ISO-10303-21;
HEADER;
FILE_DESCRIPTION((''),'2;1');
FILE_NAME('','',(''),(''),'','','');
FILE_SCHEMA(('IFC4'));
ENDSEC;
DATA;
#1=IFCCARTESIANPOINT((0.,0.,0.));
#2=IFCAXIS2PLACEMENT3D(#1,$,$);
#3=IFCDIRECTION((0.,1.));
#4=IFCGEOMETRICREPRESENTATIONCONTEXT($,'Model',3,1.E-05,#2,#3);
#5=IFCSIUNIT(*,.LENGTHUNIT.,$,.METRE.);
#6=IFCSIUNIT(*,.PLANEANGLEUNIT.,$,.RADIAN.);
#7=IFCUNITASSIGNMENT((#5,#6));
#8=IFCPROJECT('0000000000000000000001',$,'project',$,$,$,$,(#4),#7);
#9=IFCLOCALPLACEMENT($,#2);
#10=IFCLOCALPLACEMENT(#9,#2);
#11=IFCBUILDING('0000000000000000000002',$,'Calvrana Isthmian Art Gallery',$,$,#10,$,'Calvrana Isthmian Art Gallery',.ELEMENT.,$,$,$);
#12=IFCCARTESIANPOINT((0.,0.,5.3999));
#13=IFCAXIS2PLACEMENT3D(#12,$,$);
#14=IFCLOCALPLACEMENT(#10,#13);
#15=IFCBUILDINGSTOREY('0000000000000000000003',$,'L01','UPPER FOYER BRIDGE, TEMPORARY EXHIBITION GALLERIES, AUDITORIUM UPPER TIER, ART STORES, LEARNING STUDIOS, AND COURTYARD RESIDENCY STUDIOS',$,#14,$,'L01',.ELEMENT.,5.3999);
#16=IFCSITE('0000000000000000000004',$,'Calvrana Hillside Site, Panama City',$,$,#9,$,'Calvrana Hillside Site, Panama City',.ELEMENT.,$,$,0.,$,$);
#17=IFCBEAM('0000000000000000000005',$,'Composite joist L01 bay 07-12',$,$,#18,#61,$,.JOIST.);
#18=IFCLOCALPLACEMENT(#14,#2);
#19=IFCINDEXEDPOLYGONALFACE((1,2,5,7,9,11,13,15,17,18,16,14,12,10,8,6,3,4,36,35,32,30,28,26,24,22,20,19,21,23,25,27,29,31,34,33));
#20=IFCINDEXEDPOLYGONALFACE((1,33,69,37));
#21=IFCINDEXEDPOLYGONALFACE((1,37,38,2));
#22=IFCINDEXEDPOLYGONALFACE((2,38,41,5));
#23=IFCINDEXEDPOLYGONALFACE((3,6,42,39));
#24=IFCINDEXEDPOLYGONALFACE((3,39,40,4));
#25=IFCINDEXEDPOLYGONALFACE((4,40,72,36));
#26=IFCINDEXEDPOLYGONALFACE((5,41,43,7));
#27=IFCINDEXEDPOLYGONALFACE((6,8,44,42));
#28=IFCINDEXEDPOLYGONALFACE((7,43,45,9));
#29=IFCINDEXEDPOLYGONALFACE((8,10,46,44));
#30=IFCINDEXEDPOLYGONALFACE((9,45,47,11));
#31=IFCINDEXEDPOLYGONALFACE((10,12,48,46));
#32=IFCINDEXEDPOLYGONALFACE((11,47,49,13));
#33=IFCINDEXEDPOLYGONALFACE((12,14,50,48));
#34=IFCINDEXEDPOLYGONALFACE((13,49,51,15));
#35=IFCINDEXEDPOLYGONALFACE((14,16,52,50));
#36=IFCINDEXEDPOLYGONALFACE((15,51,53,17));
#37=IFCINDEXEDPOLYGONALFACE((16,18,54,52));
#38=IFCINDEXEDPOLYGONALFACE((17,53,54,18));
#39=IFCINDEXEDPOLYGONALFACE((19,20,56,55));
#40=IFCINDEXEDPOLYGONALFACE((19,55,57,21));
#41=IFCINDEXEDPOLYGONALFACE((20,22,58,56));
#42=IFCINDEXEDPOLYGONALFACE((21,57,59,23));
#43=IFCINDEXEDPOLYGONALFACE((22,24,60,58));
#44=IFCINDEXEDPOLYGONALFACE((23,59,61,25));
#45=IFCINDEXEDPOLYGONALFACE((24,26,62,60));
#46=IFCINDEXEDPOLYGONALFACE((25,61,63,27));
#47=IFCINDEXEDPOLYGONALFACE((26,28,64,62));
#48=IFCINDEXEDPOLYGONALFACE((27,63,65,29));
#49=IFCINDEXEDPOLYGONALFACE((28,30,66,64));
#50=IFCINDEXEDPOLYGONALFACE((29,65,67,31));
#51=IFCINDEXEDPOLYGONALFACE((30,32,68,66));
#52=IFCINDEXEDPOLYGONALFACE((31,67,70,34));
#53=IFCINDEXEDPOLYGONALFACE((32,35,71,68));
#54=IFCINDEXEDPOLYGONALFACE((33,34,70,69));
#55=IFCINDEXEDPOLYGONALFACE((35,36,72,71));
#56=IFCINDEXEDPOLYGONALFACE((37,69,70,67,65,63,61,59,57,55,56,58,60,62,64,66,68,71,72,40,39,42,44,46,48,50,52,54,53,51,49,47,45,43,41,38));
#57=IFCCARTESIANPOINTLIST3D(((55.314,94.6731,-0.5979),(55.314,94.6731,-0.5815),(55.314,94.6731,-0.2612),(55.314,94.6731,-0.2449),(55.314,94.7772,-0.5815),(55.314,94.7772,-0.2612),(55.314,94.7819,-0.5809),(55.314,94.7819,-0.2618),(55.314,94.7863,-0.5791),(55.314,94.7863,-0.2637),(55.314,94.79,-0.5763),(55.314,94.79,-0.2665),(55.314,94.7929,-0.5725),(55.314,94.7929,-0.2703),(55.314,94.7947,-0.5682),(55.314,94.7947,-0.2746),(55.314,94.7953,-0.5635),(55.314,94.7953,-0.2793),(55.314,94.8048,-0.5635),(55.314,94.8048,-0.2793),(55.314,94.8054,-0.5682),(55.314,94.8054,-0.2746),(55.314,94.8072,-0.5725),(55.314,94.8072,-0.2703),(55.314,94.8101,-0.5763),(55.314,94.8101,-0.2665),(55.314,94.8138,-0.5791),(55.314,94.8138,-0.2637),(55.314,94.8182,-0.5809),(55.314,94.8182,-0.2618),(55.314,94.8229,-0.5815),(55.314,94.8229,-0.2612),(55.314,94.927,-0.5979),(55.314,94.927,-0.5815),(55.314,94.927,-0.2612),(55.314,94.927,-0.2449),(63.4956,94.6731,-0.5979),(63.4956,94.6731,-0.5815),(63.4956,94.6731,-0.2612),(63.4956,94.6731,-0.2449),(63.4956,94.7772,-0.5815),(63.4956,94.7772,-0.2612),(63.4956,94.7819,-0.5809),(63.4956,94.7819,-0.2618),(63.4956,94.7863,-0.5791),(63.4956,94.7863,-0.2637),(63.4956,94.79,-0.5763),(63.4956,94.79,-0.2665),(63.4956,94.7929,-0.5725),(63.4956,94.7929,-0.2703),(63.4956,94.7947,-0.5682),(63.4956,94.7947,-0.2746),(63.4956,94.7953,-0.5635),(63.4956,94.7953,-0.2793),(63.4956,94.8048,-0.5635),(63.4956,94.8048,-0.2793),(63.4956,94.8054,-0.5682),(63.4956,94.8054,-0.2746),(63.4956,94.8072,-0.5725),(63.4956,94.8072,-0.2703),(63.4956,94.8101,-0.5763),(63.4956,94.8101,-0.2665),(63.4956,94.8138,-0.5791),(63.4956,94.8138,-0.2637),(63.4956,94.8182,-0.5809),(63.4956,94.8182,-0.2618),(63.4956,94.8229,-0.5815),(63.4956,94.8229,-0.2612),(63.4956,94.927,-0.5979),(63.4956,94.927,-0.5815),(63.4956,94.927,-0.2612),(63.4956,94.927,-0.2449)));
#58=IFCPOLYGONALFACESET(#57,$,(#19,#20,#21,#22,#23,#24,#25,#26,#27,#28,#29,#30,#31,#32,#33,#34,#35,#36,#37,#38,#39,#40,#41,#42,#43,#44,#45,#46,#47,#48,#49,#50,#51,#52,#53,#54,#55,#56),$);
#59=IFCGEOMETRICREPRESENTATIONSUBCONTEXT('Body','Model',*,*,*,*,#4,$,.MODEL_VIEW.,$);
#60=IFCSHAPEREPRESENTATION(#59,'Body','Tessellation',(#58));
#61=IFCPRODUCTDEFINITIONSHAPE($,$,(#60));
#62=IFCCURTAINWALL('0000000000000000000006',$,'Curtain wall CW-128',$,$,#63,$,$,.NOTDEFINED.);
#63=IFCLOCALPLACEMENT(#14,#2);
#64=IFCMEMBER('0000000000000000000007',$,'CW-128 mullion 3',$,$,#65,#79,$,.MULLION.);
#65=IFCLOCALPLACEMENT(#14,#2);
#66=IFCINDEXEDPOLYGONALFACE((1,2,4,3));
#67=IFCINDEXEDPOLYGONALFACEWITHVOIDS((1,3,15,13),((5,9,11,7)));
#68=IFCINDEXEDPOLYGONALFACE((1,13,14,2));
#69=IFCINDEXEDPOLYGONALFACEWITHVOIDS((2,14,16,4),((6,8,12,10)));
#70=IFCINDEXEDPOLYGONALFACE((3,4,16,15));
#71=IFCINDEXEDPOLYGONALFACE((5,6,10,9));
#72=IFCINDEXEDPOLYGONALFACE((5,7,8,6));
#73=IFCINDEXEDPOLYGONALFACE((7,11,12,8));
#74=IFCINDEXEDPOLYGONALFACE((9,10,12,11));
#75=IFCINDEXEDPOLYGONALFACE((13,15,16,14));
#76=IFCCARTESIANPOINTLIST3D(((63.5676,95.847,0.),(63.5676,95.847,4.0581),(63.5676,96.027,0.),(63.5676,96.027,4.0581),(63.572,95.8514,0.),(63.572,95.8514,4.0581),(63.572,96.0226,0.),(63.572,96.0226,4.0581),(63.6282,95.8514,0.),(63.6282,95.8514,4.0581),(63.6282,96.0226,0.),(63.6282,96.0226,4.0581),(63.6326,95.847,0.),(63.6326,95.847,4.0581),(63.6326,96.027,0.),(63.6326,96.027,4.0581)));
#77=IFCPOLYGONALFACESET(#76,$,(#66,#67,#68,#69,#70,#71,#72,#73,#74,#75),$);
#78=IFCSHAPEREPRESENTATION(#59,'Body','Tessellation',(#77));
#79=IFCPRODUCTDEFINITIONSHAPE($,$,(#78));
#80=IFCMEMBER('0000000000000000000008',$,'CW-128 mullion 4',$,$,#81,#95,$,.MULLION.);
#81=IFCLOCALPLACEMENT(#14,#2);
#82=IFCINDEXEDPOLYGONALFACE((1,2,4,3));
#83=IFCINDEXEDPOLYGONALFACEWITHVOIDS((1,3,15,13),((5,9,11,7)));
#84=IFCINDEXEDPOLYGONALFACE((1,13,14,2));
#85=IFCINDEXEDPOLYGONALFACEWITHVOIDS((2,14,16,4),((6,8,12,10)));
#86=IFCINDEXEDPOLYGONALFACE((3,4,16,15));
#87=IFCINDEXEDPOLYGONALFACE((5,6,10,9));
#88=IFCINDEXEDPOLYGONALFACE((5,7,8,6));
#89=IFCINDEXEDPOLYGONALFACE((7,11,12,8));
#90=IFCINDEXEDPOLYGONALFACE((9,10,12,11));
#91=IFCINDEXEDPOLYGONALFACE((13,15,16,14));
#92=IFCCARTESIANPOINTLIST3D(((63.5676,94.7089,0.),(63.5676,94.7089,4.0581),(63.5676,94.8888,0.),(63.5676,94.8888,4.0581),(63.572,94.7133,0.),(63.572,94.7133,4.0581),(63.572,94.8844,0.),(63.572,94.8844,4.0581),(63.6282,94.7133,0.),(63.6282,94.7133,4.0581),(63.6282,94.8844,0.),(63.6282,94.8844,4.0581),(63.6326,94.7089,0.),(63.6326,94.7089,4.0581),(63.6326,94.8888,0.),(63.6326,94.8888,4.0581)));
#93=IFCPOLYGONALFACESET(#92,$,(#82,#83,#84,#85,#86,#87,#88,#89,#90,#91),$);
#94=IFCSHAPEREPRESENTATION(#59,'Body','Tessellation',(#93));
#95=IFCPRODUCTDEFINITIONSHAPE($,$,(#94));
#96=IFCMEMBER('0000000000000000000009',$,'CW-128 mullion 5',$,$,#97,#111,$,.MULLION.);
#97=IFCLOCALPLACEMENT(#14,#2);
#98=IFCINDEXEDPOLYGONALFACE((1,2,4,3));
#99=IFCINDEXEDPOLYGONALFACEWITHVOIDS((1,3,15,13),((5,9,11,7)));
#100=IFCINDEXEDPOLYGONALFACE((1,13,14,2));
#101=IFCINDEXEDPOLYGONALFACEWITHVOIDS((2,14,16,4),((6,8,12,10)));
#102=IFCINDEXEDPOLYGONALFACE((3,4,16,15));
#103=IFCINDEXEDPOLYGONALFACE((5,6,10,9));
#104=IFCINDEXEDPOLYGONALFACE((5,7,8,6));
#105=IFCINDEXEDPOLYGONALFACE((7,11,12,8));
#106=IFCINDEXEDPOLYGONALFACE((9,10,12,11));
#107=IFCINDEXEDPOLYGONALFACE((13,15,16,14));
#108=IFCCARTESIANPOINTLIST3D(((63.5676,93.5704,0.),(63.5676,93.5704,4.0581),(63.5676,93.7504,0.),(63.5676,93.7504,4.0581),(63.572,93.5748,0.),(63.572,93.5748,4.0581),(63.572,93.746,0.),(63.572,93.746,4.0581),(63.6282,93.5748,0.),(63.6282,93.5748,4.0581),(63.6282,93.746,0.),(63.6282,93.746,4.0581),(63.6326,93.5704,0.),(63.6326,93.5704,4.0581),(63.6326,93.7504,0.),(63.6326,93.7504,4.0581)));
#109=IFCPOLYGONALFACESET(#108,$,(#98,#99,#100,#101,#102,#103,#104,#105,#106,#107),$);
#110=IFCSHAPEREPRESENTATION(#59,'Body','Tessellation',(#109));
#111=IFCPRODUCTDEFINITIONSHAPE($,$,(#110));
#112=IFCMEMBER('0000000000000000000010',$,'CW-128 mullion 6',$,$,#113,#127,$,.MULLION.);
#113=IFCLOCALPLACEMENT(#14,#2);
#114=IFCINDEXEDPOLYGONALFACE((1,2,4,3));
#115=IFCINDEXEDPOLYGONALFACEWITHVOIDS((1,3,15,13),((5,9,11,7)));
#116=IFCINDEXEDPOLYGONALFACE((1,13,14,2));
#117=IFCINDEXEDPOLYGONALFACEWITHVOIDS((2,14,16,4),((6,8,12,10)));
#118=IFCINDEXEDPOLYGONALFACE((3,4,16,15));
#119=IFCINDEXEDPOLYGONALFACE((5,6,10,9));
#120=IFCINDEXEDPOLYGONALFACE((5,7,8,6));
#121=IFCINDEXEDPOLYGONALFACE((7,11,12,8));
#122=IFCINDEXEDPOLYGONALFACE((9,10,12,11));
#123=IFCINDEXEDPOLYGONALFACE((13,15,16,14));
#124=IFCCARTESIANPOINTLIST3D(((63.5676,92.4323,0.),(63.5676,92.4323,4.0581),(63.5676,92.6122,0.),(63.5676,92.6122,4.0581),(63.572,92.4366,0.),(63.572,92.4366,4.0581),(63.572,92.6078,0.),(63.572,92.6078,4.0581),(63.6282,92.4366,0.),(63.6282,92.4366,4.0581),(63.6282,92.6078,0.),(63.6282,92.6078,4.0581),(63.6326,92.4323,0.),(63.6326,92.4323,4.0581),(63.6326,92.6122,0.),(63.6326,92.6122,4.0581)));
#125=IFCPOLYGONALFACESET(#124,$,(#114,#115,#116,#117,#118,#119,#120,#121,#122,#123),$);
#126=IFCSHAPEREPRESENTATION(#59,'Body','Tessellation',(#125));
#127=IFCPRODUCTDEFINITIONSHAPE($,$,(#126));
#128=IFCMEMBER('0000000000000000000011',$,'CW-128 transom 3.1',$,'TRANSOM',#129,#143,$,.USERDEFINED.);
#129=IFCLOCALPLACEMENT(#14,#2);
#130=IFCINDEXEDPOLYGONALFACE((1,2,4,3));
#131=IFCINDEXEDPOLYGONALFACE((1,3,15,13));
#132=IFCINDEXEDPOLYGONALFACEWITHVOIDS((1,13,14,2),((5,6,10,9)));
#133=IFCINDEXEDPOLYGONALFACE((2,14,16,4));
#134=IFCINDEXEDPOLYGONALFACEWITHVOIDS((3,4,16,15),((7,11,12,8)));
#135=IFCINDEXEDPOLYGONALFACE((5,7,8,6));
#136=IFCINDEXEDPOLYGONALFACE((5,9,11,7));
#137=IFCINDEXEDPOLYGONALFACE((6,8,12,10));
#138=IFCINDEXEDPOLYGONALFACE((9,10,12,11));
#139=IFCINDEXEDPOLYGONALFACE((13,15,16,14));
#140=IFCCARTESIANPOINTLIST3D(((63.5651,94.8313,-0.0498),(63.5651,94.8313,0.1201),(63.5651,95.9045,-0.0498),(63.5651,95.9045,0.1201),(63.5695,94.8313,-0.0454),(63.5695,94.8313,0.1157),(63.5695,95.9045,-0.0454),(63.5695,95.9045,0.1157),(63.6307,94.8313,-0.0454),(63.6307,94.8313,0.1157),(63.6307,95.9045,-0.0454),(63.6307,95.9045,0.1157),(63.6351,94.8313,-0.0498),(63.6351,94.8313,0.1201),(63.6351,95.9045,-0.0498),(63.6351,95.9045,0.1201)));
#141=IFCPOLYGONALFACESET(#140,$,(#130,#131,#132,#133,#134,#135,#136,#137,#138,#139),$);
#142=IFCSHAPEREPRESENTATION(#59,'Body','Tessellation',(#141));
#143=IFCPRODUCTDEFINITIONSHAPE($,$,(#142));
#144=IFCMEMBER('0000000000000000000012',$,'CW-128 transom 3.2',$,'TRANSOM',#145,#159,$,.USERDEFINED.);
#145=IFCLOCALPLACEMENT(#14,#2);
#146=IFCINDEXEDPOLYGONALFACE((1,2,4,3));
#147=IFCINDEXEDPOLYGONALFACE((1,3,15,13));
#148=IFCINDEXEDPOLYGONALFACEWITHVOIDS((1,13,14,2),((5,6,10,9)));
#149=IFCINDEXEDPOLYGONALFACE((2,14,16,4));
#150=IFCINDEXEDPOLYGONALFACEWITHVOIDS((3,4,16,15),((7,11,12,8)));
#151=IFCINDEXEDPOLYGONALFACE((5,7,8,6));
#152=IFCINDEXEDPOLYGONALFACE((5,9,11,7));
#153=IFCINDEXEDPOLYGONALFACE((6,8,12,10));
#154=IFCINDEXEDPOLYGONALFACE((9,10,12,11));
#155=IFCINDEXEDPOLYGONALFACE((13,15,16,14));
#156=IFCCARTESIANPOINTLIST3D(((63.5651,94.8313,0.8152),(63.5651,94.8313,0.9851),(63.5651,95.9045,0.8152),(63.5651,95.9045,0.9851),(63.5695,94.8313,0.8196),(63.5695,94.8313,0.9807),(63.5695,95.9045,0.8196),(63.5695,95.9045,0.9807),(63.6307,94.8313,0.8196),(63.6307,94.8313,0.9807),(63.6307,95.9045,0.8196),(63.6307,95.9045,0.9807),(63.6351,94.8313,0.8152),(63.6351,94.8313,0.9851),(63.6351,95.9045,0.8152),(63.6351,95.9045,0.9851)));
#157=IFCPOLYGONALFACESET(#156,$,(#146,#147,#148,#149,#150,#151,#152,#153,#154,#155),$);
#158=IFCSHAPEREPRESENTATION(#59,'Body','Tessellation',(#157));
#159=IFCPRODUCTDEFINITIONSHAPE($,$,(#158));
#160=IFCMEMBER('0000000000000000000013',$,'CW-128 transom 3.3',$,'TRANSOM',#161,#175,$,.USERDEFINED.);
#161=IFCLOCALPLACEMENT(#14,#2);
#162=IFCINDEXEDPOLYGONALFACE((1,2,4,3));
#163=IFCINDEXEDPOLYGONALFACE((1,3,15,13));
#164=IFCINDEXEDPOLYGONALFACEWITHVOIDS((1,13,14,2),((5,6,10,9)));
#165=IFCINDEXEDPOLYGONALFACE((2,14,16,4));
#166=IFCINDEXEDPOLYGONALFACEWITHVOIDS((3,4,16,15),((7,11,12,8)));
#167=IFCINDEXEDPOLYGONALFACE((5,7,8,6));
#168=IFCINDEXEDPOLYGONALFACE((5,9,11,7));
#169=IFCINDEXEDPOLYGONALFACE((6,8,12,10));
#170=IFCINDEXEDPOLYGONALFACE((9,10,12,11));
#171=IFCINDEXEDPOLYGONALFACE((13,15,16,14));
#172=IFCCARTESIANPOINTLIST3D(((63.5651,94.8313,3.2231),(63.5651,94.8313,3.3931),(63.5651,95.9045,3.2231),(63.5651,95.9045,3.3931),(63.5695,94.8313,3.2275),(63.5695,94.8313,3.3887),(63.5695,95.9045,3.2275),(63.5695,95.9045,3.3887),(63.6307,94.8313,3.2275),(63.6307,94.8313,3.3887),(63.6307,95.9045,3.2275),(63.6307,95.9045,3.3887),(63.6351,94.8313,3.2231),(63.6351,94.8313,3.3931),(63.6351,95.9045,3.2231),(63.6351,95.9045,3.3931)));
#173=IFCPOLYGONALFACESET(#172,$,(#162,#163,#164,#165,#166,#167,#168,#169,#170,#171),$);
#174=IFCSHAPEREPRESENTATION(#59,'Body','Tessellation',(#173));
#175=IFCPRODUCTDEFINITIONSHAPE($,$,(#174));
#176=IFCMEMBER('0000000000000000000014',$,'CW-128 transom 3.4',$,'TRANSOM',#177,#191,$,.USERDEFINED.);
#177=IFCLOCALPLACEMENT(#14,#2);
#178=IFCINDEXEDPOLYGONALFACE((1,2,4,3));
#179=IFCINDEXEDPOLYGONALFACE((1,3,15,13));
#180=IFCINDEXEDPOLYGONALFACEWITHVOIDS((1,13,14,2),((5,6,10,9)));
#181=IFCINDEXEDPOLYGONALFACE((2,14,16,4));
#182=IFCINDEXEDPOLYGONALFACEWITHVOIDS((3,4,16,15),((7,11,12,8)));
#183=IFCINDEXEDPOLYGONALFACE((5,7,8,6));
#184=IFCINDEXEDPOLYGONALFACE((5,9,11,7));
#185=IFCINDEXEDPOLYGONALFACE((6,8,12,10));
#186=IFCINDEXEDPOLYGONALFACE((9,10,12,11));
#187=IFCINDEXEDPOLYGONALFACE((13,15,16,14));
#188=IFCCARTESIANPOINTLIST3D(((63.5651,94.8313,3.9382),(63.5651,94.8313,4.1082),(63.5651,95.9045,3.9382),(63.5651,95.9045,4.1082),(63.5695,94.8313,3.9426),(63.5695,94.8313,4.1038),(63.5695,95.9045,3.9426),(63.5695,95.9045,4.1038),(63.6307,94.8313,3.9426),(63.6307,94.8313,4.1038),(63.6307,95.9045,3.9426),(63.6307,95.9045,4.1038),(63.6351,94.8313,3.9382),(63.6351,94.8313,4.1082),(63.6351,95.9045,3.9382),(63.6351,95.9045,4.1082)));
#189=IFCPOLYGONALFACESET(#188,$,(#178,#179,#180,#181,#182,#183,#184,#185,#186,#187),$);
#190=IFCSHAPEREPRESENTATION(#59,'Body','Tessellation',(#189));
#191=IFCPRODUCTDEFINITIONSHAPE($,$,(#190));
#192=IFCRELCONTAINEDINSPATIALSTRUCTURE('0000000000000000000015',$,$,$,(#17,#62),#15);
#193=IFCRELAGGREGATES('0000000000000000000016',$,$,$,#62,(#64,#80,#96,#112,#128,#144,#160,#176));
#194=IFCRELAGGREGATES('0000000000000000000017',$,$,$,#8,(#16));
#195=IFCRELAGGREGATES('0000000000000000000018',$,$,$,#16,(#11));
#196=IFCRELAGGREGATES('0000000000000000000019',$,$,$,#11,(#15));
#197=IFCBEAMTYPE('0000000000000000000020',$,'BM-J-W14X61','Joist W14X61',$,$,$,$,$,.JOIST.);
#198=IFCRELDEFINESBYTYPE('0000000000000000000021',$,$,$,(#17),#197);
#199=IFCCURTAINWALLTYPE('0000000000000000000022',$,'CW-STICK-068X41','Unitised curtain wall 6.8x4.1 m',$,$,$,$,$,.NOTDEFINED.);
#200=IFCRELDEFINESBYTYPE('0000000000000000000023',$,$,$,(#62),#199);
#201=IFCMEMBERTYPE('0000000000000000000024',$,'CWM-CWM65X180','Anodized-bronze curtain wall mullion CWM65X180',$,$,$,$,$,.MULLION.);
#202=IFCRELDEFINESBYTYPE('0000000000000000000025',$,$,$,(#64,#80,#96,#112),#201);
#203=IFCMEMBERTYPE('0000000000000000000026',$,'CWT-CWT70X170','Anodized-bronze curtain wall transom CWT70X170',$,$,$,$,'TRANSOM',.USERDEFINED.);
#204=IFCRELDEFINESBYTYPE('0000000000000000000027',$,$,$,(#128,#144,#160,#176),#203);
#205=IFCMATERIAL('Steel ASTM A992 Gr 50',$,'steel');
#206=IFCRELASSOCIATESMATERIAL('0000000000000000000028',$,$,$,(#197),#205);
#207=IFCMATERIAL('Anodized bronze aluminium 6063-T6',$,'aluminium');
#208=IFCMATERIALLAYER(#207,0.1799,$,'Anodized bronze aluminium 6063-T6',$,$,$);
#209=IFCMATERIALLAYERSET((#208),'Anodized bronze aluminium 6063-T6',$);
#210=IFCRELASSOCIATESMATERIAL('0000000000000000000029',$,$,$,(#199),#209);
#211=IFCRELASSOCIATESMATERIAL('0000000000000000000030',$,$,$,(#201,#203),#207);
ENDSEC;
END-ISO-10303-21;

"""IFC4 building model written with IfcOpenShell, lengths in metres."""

from ifc_helpers import new_model, si_unit, direction, frame, origin, origin_2d, place, context, subcontext, project, spatial, hollow_rectangle, i_section, extrude, material, layer, layer_set, material_profile, profile_set, type_object, element, aggregate, save


model = new_model("IFC4")

# Units and contexts
model_context = context("Model", 3, precision=1e-05, world=origin(), true_north=direction((0.0, 1.0)))
body_context = subcontext(model_context, "Body", "Model", "MODEL_VIEW")
ifc_project = project(units=[si_unit("LENGTHUNIT", "METRE"), si_unit("PLANEANGLEUNIT", "RADIAN")], contexts=[model_context])

# Site, building, storey
site_placement = place(None, origin())
site = spatial("IfcSite", under=ifc_project, at=site_placement, Name="Calvrana Hillside Site, Panama City", LongName="Calvrana Hillside Site, Panama City", CompositionType="ELEMENT", RefElevation=0.0)
building_placement = place(site_placement, origin())
building = spatial("IfcBuilding", under=site, at=building_placement, Name="Calvrana Isthmian Art Gallery", LongName="Calvrana Isthmian Art Gallery", CompositionType="ELEMENT")
storey_placement = place(building_placement, frame((0.0, 0.0, 5.3999)))
storey = spatial("IfcBuildingStorey", under=building, at=storey_placement, Name="L01", Description="UPPER FOYER BRIDGE, TEMPORARY EXHIBITION GALLERIES, AUDITORIUM UPPER TIER, ART STORES, LEARNING STUDIOS, AND COURTYARD RESIDENCY STUDIOS", LongName="L01", CompositionType="ELEMENT", Elevation=5.3999)

# Beam
ifc_material_1 = material(Name="Steel ASTM A992 Gr 50", Category="steel")
ifc_material_profile_1 = material_profile(ifc_material_1, i_section(OverallWidth=0.2539, OverallDepth=0.353, WebThickness=0.0095, FlangeThickness=0.0164, FilletRadius=0.0181, at=origin_2d()), Name="W14X61")
ifc_profile_set_1 = profile_set([ifc_material_profile_1], Name="Steel ASTM A992 Gr 50")
beam_type = type_object("IfcBeamType", Name="BM-J-W14X61", Description="Joist W14X61", PredefinedType="JOIST", material=ifc_profile_set_1)
beam_placement = place(storey_placement, frame((55.314, 94.8, -0.4214), z_axis=(1.0, 0.0, 0.0), x_axis=(0.0, 1.0, 0.0)))
element("IfcBeam", 1, at=beam_placement, inside=storey, type_object=beam_type, Name="Composite joist L01 bay 07-12", PredefinedType="JOIST", context=body_context, shape_type="SweptSolid", body=[
    extrude(i_section(OverallWidth=0.2539, OverallDepth=0.353, WebThickness=0.0095, FlangeThickness=0.0164, FilletRadius=0.0181, at=origin_2d()), origin(), (0.0, 0.0, 1.0), 8.1816),
])

# Curtain wall, members
ifc_material_2 = material(Name="Anodized bronze aluminium 6063-T6", Category="aluminium")
ifc_layer_1 = layer(ifc_material_2, 0.1799, Name="Anodized bronze aluminium 6063-T6")
ifc_layer_set_1 = layer_set([ifc_layer_1], Name="Anodized bronze aluminium 6063-T6")
curtain_wall_type = type_object("IfcCurtainWallType", Name="CW-STICK-068X41", Description="Unitised curtain wall 6.8x4.1 m", PredefinedType="NOTDEFINED", material=ifc_layer_set_1)
curtain_wall_placement = place(storey_placement, origin())
curtain_wall = element("IfcCurtainWall", 2, at=curtain_wall_placement, inside=storey, type_object=curtain_wall_type, Name="Curtain wall CW-128", PredefinedType="NOTDEFINED")
ifc_material_profile_2 = material_profile(ifc_material_2, hollow_rectangle(XDim=0.0649, YDim=0.1799, WallThickness=0.0044, at=origin_2d()), Name="CWM65X180")
ifc_profile_set_2 = profile_set([ifc_material_profile_2], Name="Anodized bronze aluminium 6063-T6")
member_type_1 = type_object("IfcMemberType", Name="CWM-CWM65X180", Description="Anodized-bronze curtain wall mullion CWM65X180", PredefinedType="MULLION", material=ifc_profile_set_2)
member_1_placement = place(storey_placement, frame((63.6001, 95.937, 0.0), z_axis=(0.0, 0.0, 1.0), x_axis=(1.0, 0.0, 0.0)))
member_1 = element("IfcMember", 3, at=member_1_placement, type_object=member_type_1, Name="CW-128 mullion 3", PredefinedType="MULLION", context=body_context, shape_type="SweptSolid", body=[
    extrude(hollow_rectangle(XDim=0.0649, YDim=0.1799, WallThickness=0.0044, at=origin_2d()), origin(), (0.0, 0.0, 1.0), 4.0581),
])
member_2_placement = place(storey_placement, frame((63.6001, 94.7988, 0.0), z_axis=(0.0, 0.0, 1.0), x_axis=(1.0, 0.0, 0.0)))
member_2 = element("IfcMember", 4, at=member_2_placement, type_object=member_type_1, Name="CW-128 mullion 4", PredefinedType="MULLION", context=body_context, shape_type="SweptSolid", body=[
    extrude(hollow_rectangle(XDim=0.0649, YDim=0.1799, WallThickness=0.0044, at=origin_2d()), origin(), (0.0, 0.0, 1.0), 4.0581),
])
member_3_placement = place(storey_placement, frame((63.6001, 93.6604, 0.0), z_axis=(0.0, 0.0, 1.0), x_axis=(1.0, 0.0, 0.0)))
member_3 = element("IfcMember", 5, at=member_3_placement, type_object=member_type_1, Name="CW-128 mullion 5", PredefinedType="MULLION", context=body_context, shape_type="SweptSolid", body=[
    extrude(hollow_rectangle(XDim=0.0649, YDim=0.1799, WallThickness=0.0044, at=origin_2d()), origin(), (0.0, 0.0, 1.0), 4.0581),
])
member_4_placement = place(storey_placement, frame((63.6001, 92.5222, 0.0), z_axis=(0.0, 0.0, 1.0), x_axis=(1.0, 0.0, 0.0)))
member_4 = element("IfcMember", 6, at=member_4_placement, type_object=member_type_1, Name="CW-128 mullion 6", PredefinedType="MULLION", context=body_context, shape_type="SweptSolid", body=[
    extrude(hollow_rectangle(XDim=0.0649, YDim=0.1799, WallThickness=0.0044, at=origin_2d()), origin(), (0.0, 0.0, 1.0), 4.0581),
])
ifc_material_profile_3 = material_profile(ifc_material_2, hollow_rectangle(XDim=0.0701, YDim=0.1699, WallThickness=0.0044, at=origin_2d()), Name="CWT70X170")
ifc_profile_set_3 = profile_set([ifc_material_profile_3], Name="Anodized bronze aluminium 6063-T6")
member_type_2 = type_object("IfcMemberType", Name="CWT-CWT70X170", Description="Anodized-bronze curtain wall transom CWT70X170", ElementType="TRANSOM", PredefinedType="USERDEFINED", material=ifc_profile_set_3)
member_5_placement = place(storey_placement, frame((63.6001, 95.9045, 0.0352), z_axis=(0.0, -1.0, 0.0), x_axis=(1.0, 0.0, 0.0)))
member_5 = element("IfcMember", 7, at=member_5_placement, type_object=member_type_2, Name="CW-128 transom 3.1", ObjectType="TRANSOM", PredefinedType="USERDEFINED", context=body_context, shape_type="SweptSolid", body=[
    extrude(hollow_rectangle(XDim=0.0701, YDim=0.1699, WallThickness=0.0044, at=origin_2d()), origin(), (0.0, 0.0, 1.0), 1.0732),
])
member_6_placement = place(storey_placement, frame((63.6001, 95.9045, 0.9001), z_axis=(0.0, -1.0, 0.0), x_axis=(1.0, 0.0, 0.0)))
member_6 = element("IfcMember", 8, at=member_6_placement, type_object=member_type_2, Name="CW-128 transom 3.2", ObjectType="TRANSOM", PredefinedType="USERDEFINED", context=body_context, shape_type="SweptSolid", body=[
    extrude(hollow_rectangle(XDim=0.0701, YDim=0.1699, WallThickness=0.0044, at=origin_2d()), origin(), (0.0, 0.0, 1.0), 1.0732),
])
member_7_placement = place(storey_placement, frame((63.6001, 95.9045, 3.3081), z_axis=(0.0, -1.0, 0.0), x_axis=(1.0, 0.0, 0.0)))
member_7 = element("IfcMember", 9, at=member_7_placement, type_object=member_type_2, Name="CW-128 transom 3.3", ObjectType="TRANSOM", PredefinedType="USERDEFINED", context=body_context, shape_type="SweptSolid", body=[
    extrude(hollow_rectangle(XDim=0.0701, YDim=0.1699, WallThickness=0.0044, at=origin_2d()), origin(), (0.0, 0.0, 1.0), 1.0732),
])
member_8_placement = place(storey_placement, frame((63.6001, 95.9045, 4.0232), z_axis=(0.0, -1.0, 0.0), x_axis=(1.0, 0.0, 0.0)))
member_8 = element("IfcMember", 10, at=member_8_placement, type_object=member_type_2, Name="CW-128 transom 3.4", ObjectType="TRANSOM", PredefinedType="USERDEFINED", context=body_context, shape_type="SweptSolid", body=[
    extrude(hollow_rectangle(XDim=0.0701, YDim=0.1699, WallThickness=0.0044, at=origin_2d()), origin(), (0.0, 0.0, 1.0), 1.0732),
])
aggregate(curtain_wall, [member_1, member_2, member_3, member_4, member_5, member_6, member_7, member_8])

save(model, "model.ifc")
